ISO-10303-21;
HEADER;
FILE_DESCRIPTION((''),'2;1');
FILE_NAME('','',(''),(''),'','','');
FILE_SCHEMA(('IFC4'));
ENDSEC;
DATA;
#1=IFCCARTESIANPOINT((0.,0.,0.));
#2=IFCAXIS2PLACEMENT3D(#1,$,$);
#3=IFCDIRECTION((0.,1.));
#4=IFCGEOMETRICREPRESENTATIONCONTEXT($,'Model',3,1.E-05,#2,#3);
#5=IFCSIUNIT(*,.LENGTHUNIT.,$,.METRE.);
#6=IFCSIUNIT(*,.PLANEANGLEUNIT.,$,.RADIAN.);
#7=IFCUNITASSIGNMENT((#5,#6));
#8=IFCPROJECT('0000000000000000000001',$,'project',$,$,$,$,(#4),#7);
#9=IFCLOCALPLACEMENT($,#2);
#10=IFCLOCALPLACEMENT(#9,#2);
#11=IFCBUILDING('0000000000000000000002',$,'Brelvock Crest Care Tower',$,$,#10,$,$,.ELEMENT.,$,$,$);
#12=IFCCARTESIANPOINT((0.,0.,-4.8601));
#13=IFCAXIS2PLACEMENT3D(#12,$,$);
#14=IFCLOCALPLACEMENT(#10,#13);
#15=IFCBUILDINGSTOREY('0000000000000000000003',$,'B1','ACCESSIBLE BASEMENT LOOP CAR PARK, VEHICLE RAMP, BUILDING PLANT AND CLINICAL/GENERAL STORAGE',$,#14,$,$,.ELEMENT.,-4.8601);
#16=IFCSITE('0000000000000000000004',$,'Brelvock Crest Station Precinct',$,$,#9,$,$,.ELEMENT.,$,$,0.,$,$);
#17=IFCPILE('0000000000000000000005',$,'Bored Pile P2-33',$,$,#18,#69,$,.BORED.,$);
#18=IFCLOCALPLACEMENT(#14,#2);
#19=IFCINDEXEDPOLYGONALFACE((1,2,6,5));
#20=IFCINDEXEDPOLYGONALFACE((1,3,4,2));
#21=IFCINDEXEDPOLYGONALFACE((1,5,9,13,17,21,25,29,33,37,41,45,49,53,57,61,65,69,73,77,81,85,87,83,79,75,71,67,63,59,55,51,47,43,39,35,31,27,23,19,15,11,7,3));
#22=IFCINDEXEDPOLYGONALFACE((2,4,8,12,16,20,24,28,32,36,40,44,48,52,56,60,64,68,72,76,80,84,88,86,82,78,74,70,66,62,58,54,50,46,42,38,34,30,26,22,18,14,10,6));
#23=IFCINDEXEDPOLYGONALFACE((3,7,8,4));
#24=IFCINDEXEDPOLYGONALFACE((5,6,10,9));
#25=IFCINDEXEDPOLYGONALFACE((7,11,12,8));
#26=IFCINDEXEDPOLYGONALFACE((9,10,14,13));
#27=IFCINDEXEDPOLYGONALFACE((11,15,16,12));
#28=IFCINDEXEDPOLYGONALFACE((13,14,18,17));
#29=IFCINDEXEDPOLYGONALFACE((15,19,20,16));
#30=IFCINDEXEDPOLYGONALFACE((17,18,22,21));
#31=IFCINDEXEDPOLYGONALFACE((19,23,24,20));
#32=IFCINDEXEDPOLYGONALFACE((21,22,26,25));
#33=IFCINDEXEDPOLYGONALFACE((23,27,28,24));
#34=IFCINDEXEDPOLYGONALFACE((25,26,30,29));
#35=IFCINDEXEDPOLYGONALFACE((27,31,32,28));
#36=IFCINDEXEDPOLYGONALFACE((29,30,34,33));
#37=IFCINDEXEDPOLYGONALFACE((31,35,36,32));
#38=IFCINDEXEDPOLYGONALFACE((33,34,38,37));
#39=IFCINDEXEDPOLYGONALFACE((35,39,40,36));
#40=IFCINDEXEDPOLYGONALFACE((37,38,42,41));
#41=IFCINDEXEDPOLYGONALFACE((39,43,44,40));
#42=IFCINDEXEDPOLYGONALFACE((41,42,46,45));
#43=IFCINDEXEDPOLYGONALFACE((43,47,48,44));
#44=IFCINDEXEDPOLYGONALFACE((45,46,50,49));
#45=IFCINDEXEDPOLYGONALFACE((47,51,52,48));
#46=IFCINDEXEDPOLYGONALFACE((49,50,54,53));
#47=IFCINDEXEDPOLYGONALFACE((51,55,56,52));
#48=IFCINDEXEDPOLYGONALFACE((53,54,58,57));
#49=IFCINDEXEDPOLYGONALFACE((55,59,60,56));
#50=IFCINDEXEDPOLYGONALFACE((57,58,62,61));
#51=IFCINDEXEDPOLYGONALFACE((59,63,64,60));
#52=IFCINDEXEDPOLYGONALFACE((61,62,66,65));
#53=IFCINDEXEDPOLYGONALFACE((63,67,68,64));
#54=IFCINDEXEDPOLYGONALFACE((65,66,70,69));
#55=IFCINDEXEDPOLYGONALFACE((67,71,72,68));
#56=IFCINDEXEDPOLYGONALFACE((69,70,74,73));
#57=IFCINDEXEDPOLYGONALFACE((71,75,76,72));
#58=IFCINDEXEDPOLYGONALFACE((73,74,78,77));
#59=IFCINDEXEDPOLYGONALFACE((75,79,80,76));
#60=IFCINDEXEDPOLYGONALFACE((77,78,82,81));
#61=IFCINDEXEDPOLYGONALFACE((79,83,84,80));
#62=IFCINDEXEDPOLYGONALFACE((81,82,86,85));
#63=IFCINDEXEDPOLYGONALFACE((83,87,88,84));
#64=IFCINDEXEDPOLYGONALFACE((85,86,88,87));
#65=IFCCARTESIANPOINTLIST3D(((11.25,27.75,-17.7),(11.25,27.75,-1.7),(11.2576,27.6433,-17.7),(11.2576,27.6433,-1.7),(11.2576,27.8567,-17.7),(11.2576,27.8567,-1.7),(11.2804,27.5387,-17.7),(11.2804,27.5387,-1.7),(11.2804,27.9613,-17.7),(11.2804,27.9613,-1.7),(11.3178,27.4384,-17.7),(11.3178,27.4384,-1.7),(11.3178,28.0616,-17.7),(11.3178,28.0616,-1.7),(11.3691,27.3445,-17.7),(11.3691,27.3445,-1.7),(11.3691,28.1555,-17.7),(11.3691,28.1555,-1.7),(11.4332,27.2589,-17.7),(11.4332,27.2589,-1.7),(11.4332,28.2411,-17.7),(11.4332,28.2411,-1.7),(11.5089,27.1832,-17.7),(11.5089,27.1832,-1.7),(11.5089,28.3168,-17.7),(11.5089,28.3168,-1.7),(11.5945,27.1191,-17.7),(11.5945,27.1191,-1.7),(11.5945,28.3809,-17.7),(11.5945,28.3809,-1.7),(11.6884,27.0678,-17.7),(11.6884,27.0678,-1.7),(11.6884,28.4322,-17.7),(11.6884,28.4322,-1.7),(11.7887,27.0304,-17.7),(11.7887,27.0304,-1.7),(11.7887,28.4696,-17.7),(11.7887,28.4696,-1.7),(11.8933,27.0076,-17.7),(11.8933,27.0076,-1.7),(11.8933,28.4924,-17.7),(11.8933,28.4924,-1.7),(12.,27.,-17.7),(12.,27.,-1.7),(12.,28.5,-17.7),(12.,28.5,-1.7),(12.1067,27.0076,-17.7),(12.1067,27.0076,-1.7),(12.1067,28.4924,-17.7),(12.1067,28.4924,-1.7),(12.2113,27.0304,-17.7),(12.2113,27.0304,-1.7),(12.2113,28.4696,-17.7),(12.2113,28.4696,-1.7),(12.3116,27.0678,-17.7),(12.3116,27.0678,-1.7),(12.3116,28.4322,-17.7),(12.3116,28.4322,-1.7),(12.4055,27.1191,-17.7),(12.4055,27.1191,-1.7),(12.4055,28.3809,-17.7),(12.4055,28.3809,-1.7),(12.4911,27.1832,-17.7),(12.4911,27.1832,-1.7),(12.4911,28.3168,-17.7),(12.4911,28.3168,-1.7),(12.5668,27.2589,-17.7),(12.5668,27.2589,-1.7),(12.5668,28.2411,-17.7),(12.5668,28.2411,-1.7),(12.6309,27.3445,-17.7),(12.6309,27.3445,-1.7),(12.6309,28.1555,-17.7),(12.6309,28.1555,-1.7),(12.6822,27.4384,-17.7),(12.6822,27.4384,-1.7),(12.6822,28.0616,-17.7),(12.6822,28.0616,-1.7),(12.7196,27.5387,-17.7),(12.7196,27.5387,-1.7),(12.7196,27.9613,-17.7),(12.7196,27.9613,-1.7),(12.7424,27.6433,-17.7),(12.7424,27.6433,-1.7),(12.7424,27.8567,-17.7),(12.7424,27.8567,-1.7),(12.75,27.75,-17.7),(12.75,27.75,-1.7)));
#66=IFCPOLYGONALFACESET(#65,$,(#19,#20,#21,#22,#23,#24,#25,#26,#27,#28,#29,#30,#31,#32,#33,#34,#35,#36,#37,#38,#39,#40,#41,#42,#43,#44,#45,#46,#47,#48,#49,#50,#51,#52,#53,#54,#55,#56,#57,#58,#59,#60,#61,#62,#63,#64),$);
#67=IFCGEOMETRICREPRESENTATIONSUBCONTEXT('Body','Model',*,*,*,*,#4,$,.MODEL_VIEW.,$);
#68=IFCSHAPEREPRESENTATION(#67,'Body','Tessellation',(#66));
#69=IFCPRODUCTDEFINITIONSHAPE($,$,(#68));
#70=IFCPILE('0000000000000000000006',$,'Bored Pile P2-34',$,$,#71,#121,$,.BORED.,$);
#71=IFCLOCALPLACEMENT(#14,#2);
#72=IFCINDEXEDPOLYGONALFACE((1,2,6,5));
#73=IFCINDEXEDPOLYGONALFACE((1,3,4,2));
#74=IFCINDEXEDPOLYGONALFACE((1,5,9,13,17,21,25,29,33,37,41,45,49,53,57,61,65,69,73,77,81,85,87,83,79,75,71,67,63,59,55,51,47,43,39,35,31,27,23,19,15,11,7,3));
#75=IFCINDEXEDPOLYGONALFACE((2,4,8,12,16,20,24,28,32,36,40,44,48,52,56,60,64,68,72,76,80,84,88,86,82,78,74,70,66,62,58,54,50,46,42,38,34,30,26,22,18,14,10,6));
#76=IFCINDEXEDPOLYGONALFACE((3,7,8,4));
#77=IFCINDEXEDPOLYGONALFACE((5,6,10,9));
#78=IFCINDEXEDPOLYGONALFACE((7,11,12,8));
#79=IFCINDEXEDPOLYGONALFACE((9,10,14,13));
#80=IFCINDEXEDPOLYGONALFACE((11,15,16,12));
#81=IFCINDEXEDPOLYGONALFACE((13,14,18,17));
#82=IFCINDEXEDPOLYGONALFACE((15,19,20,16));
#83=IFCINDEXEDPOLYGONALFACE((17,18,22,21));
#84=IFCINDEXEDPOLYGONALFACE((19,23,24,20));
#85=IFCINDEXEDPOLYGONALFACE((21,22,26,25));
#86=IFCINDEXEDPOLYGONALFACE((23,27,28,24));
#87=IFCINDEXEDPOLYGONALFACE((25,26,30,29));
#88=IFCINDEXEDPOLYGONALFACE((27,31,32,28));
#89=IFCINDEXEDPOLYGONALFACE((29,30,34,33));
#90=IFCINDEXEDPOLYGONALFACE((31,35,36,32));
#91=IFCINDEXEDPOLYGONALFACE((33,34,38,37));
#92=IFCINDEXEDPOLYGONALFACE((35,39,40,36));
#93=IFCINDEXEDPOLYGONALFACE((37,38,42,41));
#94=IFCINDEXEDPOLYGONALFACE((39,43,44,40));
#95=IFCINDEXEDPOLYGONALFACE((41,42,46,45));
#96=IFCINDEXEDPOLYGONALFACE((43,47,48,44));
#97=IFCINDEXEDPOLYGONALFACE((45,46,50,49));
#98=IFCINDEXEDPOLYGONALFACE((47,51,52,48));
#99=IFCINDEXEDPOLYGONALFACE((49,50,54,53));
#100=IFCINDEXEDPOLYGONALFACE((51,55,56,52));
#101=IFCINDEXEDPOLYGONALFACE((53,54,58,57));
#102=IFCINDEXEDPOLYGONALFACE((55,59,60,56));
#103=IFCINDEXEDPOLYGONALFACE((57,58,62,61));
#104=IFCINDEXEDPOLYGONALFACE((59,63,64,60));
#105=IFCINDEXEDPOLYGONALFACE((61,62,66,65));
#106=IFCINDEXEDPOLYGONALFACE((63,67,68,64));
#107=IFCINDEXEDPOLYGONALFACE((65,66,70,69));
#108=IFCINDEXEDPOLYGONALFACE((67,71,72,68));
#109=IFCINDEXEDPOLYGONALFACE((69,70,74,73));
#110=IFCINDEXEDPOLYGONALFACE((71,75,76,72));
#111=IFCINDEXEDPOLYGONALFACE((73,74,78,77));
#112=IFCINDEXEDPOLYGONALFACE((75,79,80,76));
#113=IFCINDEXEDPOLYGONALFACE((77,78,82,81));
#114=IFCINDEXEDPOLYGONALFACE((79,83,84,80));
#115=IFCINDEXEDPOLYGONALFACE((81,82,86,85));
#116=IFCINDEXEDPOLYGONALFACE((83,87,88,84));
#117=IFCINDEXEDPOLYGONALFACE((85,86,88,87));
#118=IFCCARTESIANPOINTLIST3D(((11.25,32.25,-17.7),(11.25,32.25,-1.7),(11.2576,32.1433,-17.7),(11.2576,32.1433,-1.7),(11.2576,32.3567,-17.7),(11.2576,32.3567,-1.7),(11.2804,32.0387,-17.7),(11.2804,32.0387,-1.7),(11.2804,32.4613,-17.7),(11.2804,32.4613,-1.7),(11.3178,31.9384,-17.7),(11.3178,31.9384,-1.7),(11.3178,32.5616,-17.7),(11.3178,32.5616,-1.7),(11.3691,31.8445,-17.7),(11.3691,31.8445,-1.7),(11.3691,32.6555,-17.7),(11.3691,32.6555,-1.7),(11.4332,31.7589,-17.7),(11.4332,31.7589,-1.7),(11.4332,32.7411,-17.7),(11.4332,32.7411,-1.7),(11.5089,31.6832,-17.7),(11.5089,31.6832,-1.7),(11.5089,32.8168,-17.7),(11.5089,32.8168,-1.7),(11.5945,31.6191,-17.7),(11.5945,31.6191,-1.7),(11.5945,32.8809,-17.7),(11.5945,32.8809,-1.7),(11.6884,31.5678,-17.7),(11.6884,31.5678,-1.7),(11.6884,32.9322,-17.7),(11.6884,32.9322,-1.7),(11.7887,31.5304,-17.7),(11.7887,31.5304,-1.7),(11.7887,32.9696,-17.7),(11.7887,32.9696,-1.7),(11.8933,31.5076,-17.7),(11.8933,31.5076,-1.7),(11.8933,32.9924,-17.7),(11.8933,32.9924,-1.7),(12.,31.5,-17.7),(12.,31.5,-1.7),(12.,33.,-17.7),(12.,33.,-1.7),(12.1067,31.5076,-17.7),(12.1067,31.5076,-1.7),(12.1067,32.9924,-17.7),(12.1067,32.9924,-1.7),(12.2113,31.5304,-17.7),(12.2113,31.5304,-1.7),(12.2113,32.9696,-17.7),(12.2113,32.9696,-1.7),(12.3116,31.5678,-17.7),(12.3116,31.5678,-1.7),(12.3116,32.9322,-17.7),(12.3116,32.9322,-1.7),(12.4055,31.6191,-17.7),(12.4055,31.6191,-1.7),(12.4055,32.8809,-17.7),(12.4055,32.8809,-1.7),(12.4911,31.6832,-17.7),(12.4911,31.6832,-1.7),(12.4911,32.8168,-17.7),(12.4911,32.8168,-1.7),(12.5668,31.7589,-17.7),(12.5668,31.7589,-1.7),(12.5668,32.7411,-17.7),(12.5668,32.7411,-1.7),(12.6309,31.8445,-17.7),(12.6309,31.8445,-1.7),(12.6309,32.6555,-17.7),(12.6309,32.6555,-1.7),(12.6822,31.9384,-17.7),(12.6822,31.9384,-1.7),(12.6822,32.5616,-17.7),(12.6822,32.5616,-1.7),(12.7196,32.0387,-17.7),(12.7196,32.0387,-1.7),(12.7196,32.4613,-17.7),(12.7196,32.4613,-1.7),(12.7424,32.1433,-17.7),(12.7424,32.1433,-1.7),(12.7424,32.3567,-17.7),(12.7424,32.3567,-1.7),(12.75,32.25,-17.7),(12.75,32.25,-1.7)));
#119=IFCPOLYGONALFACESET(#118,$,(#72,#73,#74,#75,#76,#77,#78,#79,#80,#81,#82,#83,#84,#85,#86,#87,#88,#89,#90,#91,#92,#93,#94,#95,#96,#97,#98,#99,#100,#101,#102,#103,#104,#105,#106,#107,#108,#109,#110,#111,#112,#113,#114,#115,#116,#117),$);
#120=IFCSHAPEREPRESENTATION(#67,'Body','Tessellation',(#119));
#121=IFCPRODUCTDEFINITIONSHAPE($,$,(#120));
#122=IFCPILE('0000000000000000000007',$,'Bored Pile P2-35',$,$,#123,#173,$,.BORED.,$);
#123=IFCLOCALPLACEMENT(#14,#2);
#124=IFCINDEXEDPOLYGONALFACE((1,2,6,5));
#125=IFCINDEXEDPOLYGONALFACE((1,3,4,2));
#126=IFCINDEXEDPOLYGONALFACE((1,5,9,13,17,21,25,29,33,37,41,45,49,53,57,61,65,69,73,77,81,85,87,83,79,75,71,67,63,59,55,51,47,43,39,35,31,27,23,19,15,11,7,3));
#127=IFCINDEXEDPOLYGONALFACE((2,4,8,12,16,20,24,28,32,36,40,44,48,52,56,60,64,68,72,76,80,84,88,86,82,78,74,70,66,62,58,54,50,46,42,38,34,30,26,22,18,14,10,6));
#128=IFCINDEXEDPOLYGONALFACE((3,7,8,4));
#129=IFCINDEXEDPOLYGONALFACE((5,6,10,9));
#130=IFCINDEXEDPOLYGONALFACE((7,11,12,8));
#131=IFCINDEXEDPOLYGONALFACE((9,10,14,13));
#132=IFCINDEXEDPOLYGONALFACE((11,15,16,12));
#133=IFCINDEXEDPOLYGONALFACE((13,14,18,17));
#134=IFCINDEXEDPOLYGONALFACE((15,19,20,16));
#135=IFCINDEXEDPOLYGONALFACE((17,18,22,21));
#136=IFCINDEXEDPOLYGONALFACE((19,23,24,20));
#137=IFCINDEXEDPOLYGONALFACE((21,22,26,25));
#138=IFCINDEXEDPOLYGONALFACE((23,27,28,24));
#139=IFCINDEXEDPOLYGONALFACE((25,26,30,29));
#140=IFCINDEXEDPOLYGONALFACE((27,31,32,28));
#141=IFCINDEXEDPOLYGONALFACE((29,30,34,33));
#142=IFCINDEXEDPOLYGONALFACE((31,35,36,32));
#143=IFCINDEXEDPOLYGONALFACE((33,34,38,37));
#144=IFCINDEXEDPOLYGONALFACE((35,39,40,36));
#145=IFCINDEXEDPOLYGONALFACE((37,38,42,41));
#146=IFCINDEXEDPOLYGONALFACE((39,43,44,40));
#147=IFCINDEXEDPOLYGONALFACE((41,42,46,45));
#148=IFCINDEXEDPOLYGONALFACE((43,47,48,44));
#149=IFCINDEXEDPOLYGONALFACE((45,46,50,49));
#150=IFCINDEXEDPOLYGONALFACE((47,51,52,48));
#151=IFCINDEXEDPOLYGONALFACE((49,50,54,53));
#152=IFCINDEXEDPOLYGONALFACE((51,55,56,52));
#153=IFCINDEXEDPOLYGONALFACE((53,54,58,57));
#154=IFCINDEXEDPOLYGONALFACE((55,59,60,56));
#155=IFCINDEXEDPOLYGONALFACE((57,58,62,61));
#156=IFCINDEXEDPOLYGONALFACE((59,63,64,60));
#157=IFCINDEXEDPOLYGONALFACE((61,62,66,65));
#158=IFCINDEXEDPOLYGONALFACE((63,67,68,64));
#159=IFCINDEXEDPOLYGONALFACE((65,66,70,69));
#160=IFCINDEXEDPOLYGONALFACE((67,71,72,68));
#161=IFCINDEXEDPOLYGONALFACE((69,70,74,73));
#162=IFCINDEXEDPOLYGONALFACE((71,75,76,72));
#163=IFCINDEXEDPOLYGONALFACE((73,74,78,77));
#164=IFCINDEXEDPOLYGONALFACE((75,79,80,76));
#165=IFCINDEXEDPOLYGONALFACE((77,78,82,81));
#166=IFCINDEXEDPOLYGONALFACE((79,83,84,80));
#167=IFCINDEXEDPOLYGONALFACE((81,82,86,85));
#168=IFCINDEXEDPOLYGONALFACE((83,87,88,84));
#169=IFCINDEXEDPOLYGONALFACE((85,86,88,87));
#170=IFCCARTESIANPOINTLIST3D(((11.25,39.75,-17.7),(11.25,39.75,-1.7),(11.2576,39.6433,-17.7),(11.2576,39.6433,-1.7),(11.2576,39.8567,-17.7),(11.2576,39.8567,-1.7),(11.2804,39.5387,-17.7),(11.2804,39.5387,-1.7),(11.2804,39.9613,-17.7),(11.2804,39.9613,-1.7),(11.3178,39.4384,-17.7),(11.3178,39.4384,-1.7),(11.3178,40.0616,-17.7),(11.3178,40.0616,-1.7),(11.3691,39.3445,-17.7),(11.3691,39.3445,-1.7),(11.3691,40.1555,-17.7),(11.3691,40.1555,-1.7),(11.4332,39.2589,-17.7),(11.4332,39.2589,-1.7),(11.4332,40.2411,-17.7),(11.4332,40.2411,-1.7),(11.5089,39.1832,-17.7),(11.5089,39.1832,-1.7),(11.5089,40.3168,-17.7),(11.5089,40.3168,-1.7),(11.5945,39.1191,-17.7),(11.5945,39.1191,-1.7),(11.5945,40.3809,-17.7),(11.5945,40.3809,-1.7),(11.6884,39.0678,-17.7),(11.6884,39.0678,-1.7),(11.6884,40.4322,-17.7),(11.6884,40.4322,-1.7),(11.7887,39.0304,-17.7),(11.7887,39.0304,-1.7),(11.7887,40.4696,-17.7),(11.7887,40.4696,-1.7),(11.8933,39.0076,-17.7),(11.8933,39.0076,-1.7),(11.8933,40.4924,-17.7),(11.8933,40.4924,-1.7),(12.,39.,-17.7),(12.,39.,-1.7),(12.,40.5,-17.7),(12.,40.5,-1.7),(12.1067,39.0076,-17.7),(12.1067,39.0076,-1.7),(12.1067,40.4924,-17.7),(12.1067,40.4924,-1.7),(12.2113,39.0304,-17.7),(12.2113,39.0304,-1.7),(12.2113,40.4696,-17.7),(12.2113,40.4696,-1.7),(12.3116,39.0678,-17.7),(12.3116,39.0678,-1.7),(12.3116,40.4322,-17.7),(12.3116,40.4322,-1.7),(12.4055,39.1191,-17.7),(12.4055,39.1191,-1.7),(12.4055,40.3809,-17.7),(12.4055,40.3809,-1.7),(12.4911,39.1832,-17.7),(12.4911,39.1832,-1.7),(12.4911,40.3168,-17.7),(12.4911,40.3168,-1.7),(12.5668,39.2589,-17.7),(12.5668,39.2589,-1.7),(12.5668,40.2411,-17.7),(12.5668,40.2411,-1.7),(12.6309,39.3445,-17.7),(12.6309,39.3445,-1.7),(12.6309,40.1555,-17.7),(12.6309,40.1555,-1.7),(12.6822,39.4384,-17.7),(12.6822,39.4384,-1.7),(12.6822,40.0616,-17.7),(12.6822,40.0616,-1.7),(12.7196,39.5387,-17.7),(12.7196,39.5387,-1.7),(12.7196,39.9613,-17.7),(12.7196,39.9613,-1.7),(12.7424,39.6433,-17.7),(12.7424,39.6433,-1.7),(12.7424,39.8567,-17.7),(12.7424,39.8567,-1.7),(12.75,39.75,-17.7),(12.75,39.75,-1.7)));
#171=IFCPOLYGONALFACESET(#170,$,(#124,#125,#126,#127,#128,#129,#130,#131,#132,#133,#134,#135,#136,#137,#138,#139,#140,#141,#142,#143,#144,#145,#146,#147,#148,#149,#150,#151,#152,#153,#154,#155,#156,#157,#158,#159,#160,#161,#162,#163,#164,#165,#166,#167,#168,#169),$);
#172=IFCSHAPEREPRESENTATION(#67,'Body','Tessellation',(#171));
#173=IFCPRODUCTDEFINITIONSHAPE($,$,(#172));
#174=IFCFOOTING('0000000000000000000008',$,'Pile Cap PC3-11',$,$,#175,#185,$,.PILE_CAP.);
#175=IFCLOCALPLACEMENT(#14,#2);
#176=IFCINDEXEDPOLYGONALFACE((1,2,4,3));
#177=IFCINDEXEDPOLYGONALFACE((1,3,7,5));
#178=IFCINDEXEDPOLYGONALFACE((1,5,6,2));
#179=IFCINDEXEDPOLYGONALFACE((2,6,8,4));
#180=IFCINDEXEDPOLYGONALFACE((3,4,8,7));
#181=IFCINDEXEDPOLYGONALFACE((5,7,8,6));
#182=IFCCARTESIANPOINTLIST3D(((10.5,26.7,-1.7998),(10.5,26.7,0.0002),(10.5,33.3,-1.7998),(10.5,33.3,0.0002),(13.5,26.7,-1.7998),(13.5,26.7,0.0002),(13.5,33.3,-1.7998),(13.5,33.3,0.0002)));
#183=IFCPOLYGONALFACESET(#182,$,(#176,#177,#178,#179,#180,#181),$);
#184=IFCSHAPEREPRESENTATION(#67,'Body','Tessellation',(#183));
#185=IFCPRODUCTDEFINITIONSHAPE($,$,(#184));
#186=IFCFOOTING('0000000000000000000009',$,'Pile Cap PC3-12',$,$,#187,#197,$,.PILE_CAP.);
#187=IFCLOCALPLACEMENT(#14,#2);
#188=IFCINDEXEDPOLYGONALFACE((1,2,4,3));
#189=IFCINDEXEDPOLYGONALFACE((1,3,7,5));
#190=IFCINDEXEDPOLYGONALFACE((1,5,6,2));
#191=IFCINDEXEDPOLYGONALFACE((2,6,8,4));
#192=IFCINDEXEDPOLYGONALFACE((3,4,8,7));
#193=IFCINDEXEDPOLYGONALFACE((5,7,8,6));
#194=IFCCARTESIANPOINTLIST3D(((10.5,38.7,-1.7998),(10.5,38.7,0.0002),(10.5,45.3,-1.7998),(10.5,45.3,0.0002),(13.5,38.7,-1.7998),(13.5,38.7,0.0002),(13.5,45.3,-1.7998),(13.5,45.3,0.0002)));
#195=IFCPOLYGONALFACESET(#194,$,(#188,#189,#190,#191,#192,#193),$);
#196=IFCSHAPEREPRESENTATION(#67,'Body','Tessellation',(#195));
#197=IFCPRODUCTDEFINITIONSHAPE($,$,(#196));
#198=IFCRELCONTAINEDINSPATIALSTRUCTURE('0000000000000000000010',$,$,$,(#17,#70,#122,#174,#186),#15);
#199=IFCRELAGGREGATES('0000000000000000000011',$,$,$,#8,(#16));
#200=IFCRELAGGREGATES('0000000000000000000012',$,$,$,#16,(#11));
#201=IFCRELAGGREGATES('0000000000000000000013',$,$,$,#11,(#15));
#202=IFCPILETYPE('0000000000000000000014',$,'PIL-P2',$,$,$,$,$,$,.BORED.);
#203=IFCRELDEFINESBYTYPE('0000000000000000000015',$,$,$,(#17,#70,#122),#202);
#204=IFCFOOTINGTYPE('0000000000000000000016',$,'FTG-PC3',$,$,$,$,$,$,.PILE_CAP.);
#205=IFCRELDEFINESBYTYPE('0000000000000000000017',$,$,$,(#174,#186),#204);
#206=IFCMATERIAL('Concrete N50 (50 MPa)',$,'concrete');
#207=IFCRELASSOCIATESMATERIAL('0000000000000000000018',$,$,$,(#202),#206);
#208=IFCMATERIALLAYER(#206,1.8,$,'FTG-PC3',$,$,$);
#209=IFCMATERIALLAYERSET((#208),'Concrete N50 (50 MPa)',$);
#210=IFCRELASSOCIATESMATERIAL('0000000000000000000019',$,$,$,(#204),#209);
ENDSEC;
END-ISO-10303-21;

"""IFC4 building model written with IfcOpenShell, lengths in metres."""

from ifc_helpers import new_model, si_unit, direction, frame, origin, origin_2d, place, context, subcontext, project, spatial, rectangle, circle, extrude, source, transform, mapped, material, layer, layer_set, material_profile, profile_set, type_object, element, save


model = new_model("IFC4")

# Units and contexts
model_context = context("Model", 3, precision=1e-05, world=origin(), true_north=direction((0.0, 1.0)))
body_context = subcontext(model_context, "Body", "Model", "MODEL_VIEW")
ifc_project = project(units=[si_unit("LENGTHUNIT", "METRE"), si_unit("PLANEANGLEUNIT", "RADIAN")], contexts=[model_context])

# Site, building, storey
site_placement = place(None, origin())
site = spatial("IfcSite", under=ifc_project, at=site_placement, Name="Brelvock Crest Station Precinct", CompositionType="ELEMENT", RefElevation=0.0)
building_placement = place(site_placement, origin())
building = spatial("IfcBuilding", under=site, at=building_placement, Name="Brelvock Crest Care Tower", CompositionType="ELEMENT")
storey_placement = place(building_placement, frame((0.0, 0.0, -4.8601)))
storey = spatial("IfcBuildingStorey", under=building, at=storey_placement, Name="B1", Description="ACCESSIBLE BASEMENT LOOP CAR PARK, VEHICLE RAMP, BUILDING PLANT AND CLINICAL/GENERAL STORAGE", CompositionType="ELEMENT", Elevation=-4.8601)

# Piles
ifc_material_1 = material(Name="Concrete N50 (50 MPa)", Category="concrete")
ifc_material_profile_1 = material_profile(ifc_material_1, circle(Radius=0.75, at=origin_2d()), Name="BORED PILE D1500")
ifc_profile_set_1 = profile_set([ifc_material_profile_1], Name="Concrete N50 (50 MPa)")
pile_type = type_object("IfcPileType", Name="PIL-P2", PredefinedType="BORED", material=ifc_profile_set_1)
shared_shape_1 = source(origin(), body_context, "Body", "SweptSolid", [
    extrude(circle(Radius=0.75, at=origin_2d()), origin(), (0.0, 0.0, 1.0), 16.0),
])
for number, where, z_axis, x_axis, name in (
    (1, (12.0, 27.75, -1.7), (0.0, 0.0, -1.0), (1.0, 0.0, 0.0), "Bored Pile P2-33"),
    (2, (12.0, 32.25, -1.7), (0.0, 0.0, -1.0), (1.0, 0.0, 0.0), "Bored Pile P2-34"),
    (3, (12.0, 39.75, -1.7), (0.0, 0.0, -1.0), (1.0, 0.0, 0.0), "Bored Pile P2-35"),
):
    element("IfcPile", number, at=place(storey_placement, frame(where, z_axis=z_axis, x_axis=x_axis)), inside=storey, type_object=pile_type, Name=name, PredefinedType="BORED", context=body_context, shape_type="MappedRepresentation", body=[
        mapped(shared_shape_1, transform((0.0, 0.0, 0.0), x_axis=(1.0, 0.0, 0.0), y_axis=(0.0, 1.0, 0.0), z_axis=(0.0, 0.0, 1.0), scale=1.0)),
    ])

# Footings
ifc_layer_1 = layer(ifc_material_1, 1.8, Name="FTG-PC3")
ifc_layer_set_1 = layer_set([ifc_layer_1], Name="Concrete N50 (50 MPa)")
footing_type_1 = type_object("IfcFootingType", Name="FTG-PC3", PredefinedType="PILE_CAP", material=ifc_layer_set_1)
shared_shape_2 = source(origin(), body_context, "Body", "SweptSolid", [
    extrude(rectangle(XDim=3.0, YDim=6.6001, at=origin_2d()), origin(), (0.0, 0.0, 1.0), 1.8),
])
for number, where, z_axis, x_axis, name in (
    (4, (12.0, 30.0, -1.7998), (0.0, 0.0, 1.0), (1.0, 0.0, 0.0), "Pile Cap PC3-11"),
    (5, (12.0, 42.0, -1.7998), (0.0, 0.0, 1.0), (1.0, 0.0, 0.0), "Pile Cap PC3-12"),
):
    element("IfcFooting", number, at=place(storey_placement, frame(where, z_axis=z_axis, x_axis=x_axis)), inside=storey, type_object=footing_type_1, Name=name, PredefinedType="PILE_CAP", context=body_context, shape_type="MappedRepresentation", body=[
        mapped(shared_shape_2, transform((0.0, 0.0, 0.0), x_axis=(1.0, 0.0, 0.0), y_axis=(0.0, 1.0, 0.0), z_axis=(0.0, 0.0, 1.0), scale=1.0)),
    ])

save(model, "model.ifc")
